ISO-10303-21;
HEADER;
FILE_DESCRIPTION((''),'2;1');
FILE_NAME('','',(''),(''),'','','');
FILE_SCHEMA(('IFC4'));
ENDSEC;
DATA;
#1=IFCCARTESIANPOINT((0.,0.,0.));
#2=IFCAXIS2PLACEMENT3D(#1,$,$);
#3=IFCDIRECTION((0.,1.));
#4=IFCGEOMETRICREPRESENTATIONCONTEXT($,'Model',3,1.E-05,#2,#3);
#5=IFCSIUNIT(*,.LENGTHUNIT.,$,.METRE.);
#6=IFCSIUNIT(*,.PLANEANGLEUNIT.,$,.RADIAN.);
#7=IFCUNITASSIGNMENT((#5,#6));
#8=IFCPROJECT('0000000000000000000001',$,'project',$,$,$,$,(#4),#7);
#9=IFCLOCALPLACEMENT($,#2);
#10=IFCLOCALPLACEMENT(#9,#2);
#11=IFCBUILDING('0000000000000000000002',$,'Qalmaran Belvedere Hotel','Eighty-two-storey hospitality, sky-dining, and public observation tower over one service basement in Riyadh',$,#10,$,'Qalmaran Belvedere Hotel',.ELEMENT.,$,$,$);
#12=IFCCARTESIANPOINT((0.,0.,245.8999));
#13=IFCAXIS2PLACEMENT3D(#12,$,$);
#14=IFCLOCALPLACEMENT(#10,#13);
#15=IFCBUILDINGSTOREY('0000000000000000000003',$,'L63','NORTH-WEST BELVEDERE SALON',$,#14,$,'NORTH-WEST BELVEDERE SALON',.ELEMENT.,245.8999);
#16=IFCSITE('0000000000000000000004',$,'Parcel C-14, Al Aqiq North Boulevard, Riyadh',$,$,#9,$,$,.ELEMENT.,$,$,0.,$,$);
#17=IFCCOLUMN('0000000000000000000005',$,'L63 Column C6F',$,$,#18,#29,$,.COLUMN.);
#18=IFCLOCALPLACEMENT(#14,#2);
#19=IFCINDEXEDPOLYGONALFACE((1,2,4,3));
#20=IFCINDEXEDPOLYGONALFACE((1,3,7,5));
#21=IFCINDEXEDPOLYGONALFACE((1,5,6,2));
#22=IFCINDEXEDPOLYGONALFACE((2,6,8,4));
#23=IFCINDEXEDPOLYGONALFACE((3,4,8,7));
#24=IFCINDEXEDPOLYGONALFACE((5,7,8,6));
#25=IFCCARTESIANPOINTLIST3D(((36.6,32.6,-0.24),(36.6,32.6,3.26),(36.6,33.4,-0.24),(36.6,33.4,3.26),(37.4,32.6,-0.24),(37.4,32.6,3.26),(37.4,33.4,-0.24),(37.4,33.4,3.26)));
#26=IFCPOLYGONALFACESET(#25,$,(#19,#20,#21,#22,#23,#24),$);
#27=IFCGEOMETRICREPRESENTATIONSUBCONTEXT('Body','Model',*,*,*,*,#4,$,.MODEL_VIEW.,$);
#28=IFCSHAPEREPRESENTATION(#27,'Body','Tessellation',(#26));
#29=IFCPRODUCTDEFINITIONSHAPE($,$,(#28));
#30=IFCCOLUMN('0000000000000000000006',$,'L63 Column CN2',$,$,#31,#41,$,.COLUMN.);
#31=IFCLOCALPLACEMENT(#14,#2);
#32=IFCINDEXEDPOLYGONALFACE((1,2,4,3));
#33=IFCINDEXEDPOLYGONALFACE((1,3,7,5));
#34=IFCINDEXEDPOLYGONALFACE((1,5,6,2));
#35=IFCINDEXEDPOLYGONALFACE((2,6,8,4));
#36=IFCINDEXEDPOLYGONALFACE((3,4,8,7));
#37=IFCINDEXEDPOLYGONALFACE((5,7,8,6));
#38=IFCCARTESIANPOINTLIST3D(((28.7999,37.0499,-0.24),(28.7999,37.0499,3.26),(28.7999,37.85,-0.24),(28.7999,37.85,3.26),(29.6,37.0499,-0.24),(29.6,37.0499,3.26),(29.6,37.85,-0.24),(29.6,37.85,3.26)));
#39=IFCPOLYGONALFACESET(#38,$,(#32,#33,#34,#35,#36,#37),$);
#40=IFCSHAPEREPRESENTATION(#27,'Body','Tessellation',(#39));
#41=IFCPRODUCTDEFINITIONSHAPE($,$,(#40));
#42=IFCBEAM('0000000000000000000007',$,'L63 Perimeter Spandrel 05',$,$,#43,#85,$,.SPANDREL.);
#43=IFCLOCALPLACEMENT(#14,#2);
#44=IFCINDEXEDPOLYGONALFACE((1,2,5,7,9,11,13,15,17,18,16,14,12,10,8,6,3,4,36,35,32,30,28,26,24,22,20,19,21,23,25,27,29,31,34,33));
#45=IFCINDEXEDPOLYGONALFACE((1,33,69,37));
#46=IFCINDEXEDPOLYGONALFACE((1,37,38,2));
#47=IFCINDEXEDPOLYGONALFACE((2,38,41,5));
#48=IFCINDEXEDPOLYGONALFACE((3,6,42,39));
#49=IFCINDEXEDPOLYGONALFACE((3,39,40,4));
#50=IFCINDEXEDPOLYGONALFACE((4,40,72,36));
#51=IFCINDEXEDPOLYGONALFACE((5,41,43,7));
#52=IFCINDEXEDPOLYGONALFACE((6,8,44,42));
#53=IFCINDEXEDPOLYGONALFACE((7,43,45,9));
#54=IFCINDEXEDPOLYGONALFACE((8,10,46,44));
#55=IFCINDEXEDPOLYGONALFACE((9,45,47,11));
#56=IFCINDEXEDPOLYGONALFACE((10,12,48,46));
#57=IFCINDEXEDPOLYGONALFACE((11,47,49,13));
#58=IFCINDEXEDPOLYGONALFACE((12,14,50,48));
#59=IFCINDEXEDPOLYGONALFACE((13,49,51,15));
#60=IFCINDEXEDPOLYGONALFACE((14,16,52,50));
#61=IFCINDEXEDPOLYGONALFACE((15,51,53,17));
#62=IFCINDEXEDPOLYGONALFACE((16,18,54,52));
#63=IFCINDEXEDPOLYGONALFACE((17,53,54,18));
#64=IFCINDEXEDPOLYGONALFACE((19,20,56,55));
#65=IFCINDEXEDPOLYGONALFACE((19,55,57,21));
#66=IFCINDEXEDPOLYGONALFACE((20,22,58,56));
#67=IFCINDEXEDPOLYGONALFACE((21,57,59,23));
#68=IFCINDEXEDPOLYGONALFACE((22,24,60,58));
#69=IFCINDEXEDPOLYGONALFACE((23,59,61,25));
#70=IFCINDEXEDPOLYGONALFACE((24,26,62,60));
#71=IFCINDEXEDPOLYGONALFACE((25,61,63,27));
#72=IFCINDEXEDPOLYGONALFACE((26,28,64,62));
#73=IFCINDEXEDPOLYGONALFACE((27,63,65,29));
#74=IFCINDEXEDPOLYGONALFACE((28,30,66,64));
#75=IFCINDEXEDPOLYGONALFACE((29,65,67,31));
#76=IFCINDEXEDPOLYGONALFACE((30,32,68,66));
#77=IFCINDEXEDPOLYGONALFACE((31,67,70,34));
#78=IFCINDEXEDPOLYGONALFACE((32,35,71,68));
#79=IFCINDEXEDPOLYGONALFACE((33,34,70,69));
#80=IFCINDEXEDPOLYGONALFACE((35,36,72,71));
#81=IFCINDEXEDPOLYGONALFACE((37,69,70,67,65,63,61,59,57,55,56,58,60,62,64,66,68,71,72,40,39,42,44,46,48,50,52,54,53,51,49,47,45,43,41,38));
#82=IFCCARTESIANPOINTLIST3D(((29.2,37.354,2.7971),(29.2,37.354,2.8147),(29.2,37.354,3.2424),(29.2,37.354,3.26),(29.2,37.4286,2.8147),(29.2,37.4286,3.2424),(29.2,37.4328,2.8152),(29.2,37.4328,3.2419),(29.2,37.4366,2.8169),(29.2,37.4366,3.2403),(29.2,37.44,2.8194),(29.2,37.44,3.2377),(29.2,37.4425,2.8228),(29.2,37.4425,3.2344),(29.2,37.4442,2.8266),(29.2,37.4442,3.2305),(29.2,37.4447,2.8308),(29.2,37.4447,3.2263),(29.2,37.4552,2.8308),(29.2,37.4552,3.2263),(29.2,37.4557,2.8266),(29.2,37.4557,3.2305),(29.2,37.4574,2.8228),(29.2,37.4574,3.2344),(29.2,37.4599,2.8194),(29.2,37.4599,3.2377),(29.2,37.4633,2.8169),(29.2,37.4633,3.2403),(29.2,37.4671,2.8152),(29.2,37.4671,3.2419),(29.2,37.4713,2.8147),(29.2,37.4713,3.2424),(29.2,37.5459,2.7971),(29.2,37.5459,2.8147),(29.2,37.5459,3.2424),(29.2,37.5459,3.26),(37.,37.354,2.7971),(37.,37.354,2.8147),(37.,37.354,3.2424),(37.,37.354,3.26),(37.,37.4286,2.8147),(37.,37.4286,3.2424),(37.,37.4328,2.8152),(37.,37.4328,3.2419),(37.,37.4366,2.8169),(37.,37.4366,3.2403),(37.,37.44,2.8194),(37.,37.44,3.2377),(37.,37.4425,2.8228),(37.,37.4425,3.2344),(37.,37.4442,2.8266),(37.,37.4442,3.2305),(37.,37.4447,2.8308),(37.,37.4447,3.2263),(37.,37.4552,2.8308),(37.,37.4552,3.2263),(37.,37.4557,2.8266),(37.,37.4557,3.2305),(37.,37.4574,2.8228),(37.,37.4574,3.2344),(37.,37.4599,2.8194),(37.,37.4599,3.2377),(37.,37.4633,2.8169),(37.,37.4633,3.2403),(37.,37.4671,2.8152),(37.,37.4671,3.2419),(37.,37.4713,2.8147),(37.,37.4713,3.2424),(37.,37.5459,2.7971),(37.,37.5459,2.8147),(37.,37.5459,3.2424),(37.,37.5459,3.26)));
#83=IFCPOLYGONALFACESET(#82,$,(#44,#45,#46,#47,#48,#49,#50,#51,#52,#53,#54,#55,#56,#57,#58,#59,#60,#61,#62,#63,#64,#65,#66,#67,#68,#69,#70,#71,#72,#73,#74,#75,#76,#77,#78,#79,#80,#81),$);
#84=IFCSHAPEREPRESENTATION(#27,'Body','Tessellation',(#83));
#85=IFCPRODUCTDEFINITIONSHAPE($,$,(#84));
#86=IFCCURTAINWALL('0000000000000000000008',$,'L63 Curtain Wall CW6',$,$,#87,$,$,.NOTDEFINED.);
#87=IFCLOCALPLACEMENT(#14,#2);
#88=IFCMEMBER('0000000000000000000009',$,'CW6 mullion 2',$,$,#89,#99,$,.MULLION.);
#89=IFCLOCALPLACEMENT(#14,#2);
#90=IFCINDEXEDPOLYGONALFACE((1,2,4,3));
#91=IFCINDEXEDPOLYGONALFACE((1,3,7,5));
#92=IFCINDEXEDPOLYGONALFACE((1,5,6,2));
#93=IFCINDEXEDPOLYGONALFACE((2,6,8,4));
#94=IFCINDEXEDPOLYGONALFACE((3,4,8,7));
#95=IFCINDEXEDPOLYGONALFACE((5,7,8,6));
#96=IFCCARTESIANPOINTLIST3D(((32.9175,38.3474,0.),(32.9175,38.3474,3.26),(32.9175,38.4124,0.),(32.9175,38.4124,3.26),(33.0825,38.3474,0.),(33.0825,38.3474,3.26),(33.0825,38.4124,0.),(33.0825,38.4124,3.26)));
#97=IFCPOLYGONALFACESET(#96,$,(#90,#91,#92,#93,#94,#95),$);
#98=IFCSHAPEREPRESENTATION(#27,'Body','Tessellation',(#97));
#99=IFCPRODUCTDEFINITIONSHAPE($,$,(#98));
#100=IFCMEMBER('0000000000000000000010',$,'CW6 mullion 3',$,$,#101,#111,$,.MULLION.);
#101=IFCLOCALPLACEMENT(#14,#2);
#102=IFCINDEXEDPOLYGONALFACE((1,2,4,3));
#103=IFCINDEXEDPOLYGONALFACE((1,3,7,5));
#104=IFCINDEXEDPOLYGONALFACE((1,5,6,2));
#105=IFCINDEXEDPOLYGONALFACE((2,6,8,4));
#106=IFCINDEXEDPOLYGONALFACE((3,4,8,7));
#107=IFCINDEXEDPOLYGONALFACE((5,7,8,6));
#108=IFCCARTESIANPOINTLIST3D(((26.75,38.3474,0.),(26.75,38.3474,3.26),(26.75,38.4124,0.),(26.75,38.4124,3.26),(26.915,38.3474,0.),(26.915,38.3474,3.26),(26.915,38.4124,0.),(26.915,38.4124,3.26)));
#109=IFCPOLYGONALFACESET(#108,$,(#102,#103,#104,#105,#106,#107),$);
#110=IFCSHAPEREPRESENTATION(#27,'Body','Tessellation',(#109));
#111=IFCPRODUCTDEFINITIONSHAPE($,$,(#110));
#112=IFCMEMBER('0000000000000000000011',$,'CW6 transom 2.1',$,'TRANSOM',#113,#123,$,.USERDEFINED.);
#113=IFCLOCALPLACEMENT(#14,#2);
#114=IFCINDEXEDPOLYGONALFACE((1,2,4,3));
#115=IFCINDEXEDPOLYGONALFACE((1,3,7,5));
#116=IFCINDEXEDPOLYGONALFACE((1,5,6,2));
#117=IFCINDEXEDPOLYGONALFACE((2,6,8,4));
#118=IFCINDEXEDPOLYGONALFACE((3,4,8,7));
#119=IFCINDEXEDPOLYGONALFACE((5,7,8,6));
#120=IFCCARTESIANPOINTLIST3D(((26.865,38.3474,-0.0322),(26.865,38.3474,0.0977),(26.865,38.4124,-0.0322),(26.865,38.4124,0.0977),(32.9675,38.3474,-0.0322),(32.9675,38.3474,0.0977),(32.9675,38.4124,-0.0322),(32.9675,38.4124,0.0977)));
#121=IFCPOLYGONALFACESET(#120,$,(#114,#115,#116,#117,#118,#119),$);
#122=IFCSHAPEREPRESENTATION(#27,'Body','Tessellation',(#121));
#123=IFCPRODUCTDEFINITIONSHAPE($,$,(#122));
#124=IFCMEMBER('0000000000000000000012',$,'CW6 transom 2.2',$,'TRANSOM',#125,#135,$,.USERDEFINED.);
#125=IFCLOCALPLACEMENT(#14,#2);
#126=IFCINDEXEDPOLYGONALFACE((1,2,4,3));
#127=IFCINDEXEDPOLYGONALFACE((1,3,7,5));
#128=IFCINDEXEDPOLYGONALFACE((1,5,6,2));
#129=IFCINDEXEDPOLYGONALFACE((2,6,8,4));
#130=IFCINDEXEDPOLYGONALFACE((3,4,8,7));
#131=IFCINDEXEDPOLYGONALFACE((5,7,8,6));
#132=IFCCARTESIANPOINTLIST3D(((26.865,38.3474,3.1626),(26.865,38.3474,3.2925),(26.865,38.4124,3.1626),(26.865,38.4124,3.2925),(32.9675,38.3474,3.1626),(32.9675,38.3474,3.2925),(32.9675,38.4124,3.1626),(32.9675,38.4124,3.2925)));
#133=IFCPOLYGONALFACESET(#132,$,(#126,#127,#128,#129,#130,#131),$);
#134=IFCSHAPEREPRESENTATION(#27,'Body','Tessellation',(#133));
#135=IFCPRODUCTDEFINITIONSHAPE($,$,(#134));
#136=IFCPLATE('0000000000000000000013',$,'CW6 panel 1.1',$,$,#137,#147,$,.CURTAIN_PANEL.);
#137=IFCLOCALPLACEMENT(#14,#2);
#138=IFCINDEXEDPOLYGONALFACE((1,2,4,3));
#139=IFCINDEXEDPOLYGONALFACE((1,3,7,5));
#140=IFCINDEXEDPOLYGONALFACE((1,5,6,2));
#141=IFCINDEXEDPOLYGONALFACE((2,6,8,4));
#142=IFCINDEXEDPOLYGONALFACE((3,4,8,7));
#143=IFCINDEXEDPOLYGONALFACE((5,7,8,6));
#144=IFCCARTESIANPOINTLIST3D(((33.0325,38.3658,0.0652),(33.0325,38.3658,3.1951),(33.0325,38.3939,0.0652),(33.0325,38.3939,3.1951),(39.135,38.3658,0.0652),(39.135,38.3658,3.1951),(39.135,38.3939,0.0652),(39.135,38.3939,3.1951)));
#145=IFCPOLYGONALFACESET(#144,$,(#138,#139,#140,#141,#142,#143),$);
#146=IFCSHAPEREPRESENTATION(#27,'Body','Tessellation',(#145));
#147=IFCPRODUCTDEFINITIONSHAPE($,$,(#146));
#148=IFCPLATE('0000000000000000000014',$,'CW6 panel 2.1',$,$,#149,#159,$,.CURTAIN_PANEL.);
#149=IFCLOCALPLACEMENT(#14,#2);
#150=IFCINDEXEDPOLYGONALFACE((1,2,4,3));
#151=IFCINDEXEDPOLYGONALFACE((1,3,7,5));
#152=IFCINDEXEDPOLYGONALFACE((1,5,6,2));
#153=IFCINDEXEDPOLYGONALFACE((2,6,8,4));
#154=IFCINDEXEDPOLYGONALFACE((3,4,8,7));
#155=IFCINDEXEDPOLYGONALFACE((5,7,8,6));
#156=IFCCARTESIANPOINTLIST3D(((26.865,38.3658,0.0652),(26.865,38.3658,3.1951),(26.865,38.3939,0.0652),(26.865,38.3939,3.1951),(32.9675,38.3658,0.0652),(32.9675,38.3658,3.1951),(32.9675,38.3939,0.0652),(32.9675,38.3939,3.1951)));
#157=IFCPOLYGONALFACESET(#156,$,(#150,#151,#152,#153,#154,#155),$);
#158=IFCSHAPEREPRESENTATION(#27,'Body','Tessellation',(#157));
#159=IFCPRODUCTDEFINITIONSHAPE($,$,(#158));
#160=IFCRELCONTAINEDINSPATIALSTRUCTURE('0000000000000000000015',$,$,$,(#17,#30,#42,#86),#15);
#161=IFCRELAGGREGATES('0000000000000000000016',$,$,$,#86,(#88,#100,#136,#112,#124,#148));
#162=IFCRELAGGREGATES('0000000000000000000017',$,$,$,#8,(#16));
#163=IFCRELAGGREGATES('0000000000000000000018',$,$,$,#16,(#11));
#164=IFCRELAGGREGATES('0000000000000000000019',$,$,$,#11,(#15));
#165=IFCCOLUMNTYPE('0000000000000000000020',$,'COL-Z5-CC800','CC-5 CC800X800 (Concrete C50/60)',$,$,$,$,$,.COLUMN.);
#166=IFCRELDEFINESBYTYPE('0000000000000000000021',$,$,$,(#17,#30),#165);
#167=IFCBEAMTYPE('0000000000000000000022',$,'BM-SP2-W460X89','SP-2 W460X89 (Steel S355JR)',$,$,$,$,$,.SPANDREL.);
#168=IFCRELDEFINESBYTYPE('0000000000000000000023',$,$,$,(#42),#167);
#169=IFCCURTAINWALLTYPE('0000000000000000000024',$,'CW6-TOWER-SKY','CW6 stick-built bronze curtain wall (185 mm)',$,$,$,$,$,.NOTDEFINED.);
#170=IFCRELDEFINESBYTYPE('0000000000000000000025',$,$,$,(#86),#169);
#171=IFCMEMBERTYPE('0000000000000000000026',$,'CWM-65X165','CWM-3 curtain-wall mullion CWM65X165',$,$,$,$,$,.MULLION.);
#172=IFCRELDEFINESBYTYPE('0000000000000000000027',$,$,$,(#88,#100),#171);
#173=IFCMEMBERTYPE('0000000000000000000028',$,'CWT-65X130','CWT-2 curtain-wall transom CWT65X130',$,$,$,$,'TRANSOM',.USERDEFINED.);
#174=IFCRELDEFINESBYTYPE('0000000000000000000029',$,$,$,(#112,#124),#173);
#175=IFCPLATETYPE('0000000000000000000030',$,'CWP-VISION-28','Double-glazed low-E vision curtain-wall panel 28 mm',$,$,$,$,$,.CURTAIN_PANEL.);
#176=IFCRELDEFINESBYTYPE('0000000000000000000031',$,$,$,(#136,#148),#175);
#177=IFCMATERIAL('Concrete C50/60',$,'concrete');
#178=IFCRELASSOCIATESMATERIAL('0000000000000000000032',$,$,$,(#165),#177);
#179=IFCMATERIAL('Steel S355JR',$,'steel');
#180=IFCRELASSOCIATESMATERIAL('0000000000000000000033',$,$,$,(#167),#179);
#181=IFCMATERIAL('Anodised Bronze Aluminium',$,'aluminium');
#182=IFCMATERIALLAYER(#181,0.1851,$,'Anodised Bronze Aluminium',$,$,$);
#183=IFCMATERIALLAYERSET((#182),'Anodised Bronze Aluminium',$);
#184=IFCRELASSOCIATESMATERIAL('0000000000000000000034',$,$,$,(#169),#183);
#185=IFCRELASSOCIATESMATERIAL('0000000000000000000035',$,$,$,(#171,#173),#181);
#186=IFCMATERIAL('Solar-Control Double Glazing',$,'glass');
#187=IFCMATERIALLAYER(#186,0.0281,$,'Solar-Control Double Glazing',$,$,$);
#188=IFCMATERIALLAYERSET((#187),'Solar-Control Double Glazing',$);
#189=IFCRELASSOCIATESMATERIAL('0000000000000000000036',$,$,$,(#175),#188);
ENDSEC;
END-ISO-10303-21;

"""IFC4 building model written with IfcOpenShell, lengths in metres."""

from ifc_helpers import new_model, si_unit, direction, frame, origin, origin_2d, place, context, subcontext, project, spatial, rectangle, i_section, extrude, material, layer, layer_set, material_profile, profile_set, type_object, element, aggregate, save


model = new_model("IFC4")

# Units and contexts
model_context = context("Model", 3, precision=1e-05, world=origin(), true_north=direction((0.0, 1.0)))
body_context = subcontext(model_context, "Body", "Model", "MODEL_VIEW")
ifc_project = project(units=[si_unit("LENGTHUNIT", "METRE"), si_unit("PLANEANGLEUNIT", "RADIAN")], contexts=[model_context])

# Site, building, storey
site_placement = place(None, origin())
site = spatial("IfcSite", under=ifc_project, at=site_placement, Name="Parcel C-14, Al Aqiq North Boulevard, Riyadh", CompositionType="ELEMENT", RefElevation=0.0)
building_placement = place(site_placement, origin())
building = spatial("IfcBuilding", under=site, at=building_placement, Name="Qalmaran Belvedere Hotel", Description="Eighty-two-storey hospitality, sky-dining, and public observation tower over one service basement in Riyadh", LongName="Qalmaran Belvedere Hotel", CompositionType="ELEMENT")
storey_placement = place(building_placement, frame((0.0, 0.0, 245.8999)))
storey = spatial("IfcBuildingStorey", under=building, at=storey_placement, Name="L63", Description="NORTH-WEST BELVEDERE SALON", LongName="NORTH-WEST BELVEDERE SALON", CompositionType="ELEMENT", Elevation=245.8999)

# Columns
ifc_material_1 = material(Name="Concrete C50/60", Category="concrete")
ifc_material_profile_1 = material_profile(ifc_material_1, rectangle(XDim=0.8, YDim=0.8, at=origin_2d()), Name="CC800X800")
ifc_profile_set_1 = profile_set([ifc_material_profile_1], Name="Concrete C50/60")
column_type = type_object("IfcColumnType", Name="COL-Z5-CC800", Description="CC-5 CC800X800 (Concrete C50/60)", PredefinedType="COLUMN", material=ifc_profile_set_1)
for number, where, z_axis, x_axis, name in (
    (1, (37.0, 33.0, -0.24), (0.0, 0.0, 1.0), (1.0, 0.0, 0.0), "L63 Column C6F"),
    (2, (29.2, 37.45, -0.24), (0.0, 0.0, 1.0), (1.0, 0.0, 0.0), "L63 Column CN2"),
):
    element("IfcColumn", number, at=place(storey_placement, frame(where, z_axis=z_axis, x_axis=x_axis)), inside=storey, type_object=column_type, Name=name, PredefinedType="COLUMN", context=body_context, shape_type="SweptSolid", body=[
        extrude(rectangle(XDim=0.8, YDim=0.8, at=origin_2d()), origin(), (0.0, 0.0, 1.0), 3.5),
    ])

# Beam
ifc_material_2 = material(Name="Steel S355JR", Category="steel")
ifc_material_profile_2 = material_profile(ifc_material_2, i_section(OverallWidth=0.1919, OverallDepth=0.4629, WebThickness=0.0105, FlangeThickness=0.0176, FilletRadius=0.0161, at=origin_2d()), Name="W460X89")
ifc_profile_set_2 = profile_set([ifc_material_profile_2], Name="Steel S355JR")
beam_type = type_object("IfcBeamType", Name="BM-SP2-W460X89", Description="SP-2 W460X89 (Steel S355JR)", PredefinedType="SPANDREL", material=ifc_profile_set_2)
beam_placement = place(storey_placement, frame((29.2, 37.45, 3.0286), z_axis=(1.0, 0.0, 0.0), x_axis=(0.0, 1.0, 0.0)))
element("IfcBeam", 3, at=beam_placement, inside=storey, type_object=beam_type, Name="L63 Perimeter Spandrel 05", PredefinedType="SPANDREL", context=body_context, shape_type="SweptSolid", body=[
    extrude(i_section(OverallWidth=0.1919, OverallDepth=0.4629, WebThickness=0.0105, FlangeThickness=0.0176, FilletRadius=0.0161, at=origin_2d()), origin(), (0.0, 0.0, 1.0), 7.8),
])

# Curtain wall, members, plates
ifc_material_3 = material(Name="Anodised Bronze Aluminium", Category="aluminium")
ifc_layer_1 = layer(ifc_material_3, 0.1851, Name="Anodised Bronze Aluminium")
ifc_layer_set_1 = layer_set([ifc_layer_1], Name="Anodised Bronze Aluminium")
curtain_wall_type = type_object("IfcCurtainWallType", Name="CW6-TOWER-SKY", Description="CW6 stick-built bronze curtain wall (185 mm)", PredefinedType="NOTDEFINED", material=ifc_layer_set_1)
curtain_wall_placement = place(storey_placement, origin())
curtain_wall = element("IfcCurtainWall", 4, at=curtain_wall_placement, inside=storey, type_object=curtain_wall_type, Name="L63 Curtain Wall CW6", PredefinedType="NOTDEFINED")
ifc_material_profile_3 = material_profile(ifc_material_3, rectangle(XDim=0.0649, YDim=0.165, at=origin_2d()), Name="CWM65X165")
ifc_profile_set_3 = profile_set([ifc_material_profile_3], Name="Anodised Bronze Aluminium")
member_type_1 = type_object("IfcMemberType", Name="CWM-65X165", Description="CWM-3 curtain-wall mullion CWM65X165", PredefinedType="MULLION", material=ifc_profile_set_3)
member_1_placement = place(storey_placement, frame((33.0, 38.3799, 0.0), z_axis=(0.0, 0.0, 1.0), x_axis=(0.0, -1.0, 0.0)))
member_1 = element("IfcMember", 5, at=member_1_placement, type_object=member_type_1, Name="CW6 mullion 2", PredefinedType="MULLION", context=body_context, shape_type="SweptSolid", body=[
    extrude(rectangle(XDim=0.0649, YDim=0.165, at=origin_2d()), origin(), (0.0, 0.0, 1.0), 3.26),
])
member_2_placement = place(storey_placement, frame((26.8325, 38.3799, 0.0), z_axis=(0.0, 0.0, 1.0), x_axis=(0.0, -1.0, 0.0)))
member_2 = element("IfcMember", 6, at=member_2_placement, type_object=member_type_1, Name="CW6 mullion 3", PredefinedType="MULLION", context=body_context, shape_type="SweptSolid", body=[
    extrude(rectangle(XDim=0.0649, YDim=0.165, at=origin_2d()), origin(), (0.0, 0.0, 1.0), 3.26),
])
ifc_material_profile_4 = material_profile(ifc_material_3, rectangle(XDim=0.0649, YDim=0.1299, at=origin_2d()), Name="CWT65X130")
ifc_profile_set_4 = profile_set([ifc_material_profile_4], Name="Anodised Bronze Aluminium")
member_type_2 = type_object("IfcMemberType", Name="CWT-65X130", Description="CWT-2 curtain-wall transom CWT65X130", ElementType="TRANSOM", PredefinedType="USERDEFINED", material=ifc_profile_set_4)
member_3_placement = place(storey_placement, frame((32.9675, 38.3799, 0.0327), z_axis=(-1.0, 0.0, 0.0), x_axis=(0.0, -1.0, 0.0)))
member_3 = element("IfcMember", 7, at=member_3_placement, type_object=member_type_2, Name="CW6 transom 2.1", ObjectType="TRANSOM", PredefinedType="USERDEFINED", context=body_context, shape_type="SweptSolid", body=[
    extrude(rectangle(XDim=0.0649, YDim=0.1299, at=origin_2d()), origin(), (0.0, 0.0, 1.0), 6.1025),
])
member_4_placement = place(storey_placement, frame((32.9675, 38.3799, 3.2275), z_axis=(-1.0, 0.0, 0.0), x_axis=(0.0, -1.0, 0.0)))
member_4 = element("IfcMember", 8, at=member_4_placement, type_object=member_type_2, Name="CW6 transom 2.2", ObjectType="TRANSOM", PredefinedType="USERDEFINED", context=body_context, shape_type="SweptSolid", body=[
    extrude(rectangle(XDim=0.0649, YDim=0.1299, at=origin_2d()), origin(), (0.0, 0.0, 1.0), 6.1025),
])
ifc_material_4 = material(Name="Solar-Control Double Glazing", Category="glass")
ifc_layer_2 = layer(ifc_material_4, 0.0281, Name="Solar-Control Double Glazing")
ifc_layer_set_2 = layer_set([ifc_layer_2], Name="Solar-Control Double Glazing")
plate_type = type_object("IfcPlateType", Name="CWP-VISION-28", Description="Double-glazed low-E vision curtain-wall panel 28 mm", PredefinedType="CURTAIN_PANEL", material=ifc_layer_set_2)
plate_1_placement = place(storey_placement, frame((36.0837, 38.3799, 0.0652), z_axis=(0.0, 0.0, 1.0), x_axis=(-1.0, 0.0, 0.0)))
plate_1 = element("IfcPlate", 9, at=plate_1_placement, type_object=plate_type, Name="CW6 panel 1.1", PredefinedType="CURTAIN_PANEL", context=body_context, shape_type="SweptSolid", body=[
    extrude(rectangle(XDim=6.1025, YDim=0.0281, at=origin_2d()), origin(), (0.0, 0.0, 1.0), 3.1299),
])
plate_2_placement = place(storey_placement, frame((29.9163, 38.3799, 0.0652), z_axis=(0.0, 0.0, 1.0), x_axis=(-1.0, 0.0, 0.0)))
plate_2 = element("IfcPlate", 10, at=plate_2_placement, type_object=plate_type, Name="CW6 panel 2.1", PredefinedType="CURTAIN_PANEL", context=body_context, shape_type="SweptSolid", body=[
    extrude(rectangle(XDim=6.1025, YDim=0.0281, at=origin_2d()), origin(), (0.0, 0.0, 1.0), 3.1299),
])
aggregate(curtain_wall, [member_1, member_2, plate_1, member_3, member_4, plate_2])

save(model, "model.ifc")
